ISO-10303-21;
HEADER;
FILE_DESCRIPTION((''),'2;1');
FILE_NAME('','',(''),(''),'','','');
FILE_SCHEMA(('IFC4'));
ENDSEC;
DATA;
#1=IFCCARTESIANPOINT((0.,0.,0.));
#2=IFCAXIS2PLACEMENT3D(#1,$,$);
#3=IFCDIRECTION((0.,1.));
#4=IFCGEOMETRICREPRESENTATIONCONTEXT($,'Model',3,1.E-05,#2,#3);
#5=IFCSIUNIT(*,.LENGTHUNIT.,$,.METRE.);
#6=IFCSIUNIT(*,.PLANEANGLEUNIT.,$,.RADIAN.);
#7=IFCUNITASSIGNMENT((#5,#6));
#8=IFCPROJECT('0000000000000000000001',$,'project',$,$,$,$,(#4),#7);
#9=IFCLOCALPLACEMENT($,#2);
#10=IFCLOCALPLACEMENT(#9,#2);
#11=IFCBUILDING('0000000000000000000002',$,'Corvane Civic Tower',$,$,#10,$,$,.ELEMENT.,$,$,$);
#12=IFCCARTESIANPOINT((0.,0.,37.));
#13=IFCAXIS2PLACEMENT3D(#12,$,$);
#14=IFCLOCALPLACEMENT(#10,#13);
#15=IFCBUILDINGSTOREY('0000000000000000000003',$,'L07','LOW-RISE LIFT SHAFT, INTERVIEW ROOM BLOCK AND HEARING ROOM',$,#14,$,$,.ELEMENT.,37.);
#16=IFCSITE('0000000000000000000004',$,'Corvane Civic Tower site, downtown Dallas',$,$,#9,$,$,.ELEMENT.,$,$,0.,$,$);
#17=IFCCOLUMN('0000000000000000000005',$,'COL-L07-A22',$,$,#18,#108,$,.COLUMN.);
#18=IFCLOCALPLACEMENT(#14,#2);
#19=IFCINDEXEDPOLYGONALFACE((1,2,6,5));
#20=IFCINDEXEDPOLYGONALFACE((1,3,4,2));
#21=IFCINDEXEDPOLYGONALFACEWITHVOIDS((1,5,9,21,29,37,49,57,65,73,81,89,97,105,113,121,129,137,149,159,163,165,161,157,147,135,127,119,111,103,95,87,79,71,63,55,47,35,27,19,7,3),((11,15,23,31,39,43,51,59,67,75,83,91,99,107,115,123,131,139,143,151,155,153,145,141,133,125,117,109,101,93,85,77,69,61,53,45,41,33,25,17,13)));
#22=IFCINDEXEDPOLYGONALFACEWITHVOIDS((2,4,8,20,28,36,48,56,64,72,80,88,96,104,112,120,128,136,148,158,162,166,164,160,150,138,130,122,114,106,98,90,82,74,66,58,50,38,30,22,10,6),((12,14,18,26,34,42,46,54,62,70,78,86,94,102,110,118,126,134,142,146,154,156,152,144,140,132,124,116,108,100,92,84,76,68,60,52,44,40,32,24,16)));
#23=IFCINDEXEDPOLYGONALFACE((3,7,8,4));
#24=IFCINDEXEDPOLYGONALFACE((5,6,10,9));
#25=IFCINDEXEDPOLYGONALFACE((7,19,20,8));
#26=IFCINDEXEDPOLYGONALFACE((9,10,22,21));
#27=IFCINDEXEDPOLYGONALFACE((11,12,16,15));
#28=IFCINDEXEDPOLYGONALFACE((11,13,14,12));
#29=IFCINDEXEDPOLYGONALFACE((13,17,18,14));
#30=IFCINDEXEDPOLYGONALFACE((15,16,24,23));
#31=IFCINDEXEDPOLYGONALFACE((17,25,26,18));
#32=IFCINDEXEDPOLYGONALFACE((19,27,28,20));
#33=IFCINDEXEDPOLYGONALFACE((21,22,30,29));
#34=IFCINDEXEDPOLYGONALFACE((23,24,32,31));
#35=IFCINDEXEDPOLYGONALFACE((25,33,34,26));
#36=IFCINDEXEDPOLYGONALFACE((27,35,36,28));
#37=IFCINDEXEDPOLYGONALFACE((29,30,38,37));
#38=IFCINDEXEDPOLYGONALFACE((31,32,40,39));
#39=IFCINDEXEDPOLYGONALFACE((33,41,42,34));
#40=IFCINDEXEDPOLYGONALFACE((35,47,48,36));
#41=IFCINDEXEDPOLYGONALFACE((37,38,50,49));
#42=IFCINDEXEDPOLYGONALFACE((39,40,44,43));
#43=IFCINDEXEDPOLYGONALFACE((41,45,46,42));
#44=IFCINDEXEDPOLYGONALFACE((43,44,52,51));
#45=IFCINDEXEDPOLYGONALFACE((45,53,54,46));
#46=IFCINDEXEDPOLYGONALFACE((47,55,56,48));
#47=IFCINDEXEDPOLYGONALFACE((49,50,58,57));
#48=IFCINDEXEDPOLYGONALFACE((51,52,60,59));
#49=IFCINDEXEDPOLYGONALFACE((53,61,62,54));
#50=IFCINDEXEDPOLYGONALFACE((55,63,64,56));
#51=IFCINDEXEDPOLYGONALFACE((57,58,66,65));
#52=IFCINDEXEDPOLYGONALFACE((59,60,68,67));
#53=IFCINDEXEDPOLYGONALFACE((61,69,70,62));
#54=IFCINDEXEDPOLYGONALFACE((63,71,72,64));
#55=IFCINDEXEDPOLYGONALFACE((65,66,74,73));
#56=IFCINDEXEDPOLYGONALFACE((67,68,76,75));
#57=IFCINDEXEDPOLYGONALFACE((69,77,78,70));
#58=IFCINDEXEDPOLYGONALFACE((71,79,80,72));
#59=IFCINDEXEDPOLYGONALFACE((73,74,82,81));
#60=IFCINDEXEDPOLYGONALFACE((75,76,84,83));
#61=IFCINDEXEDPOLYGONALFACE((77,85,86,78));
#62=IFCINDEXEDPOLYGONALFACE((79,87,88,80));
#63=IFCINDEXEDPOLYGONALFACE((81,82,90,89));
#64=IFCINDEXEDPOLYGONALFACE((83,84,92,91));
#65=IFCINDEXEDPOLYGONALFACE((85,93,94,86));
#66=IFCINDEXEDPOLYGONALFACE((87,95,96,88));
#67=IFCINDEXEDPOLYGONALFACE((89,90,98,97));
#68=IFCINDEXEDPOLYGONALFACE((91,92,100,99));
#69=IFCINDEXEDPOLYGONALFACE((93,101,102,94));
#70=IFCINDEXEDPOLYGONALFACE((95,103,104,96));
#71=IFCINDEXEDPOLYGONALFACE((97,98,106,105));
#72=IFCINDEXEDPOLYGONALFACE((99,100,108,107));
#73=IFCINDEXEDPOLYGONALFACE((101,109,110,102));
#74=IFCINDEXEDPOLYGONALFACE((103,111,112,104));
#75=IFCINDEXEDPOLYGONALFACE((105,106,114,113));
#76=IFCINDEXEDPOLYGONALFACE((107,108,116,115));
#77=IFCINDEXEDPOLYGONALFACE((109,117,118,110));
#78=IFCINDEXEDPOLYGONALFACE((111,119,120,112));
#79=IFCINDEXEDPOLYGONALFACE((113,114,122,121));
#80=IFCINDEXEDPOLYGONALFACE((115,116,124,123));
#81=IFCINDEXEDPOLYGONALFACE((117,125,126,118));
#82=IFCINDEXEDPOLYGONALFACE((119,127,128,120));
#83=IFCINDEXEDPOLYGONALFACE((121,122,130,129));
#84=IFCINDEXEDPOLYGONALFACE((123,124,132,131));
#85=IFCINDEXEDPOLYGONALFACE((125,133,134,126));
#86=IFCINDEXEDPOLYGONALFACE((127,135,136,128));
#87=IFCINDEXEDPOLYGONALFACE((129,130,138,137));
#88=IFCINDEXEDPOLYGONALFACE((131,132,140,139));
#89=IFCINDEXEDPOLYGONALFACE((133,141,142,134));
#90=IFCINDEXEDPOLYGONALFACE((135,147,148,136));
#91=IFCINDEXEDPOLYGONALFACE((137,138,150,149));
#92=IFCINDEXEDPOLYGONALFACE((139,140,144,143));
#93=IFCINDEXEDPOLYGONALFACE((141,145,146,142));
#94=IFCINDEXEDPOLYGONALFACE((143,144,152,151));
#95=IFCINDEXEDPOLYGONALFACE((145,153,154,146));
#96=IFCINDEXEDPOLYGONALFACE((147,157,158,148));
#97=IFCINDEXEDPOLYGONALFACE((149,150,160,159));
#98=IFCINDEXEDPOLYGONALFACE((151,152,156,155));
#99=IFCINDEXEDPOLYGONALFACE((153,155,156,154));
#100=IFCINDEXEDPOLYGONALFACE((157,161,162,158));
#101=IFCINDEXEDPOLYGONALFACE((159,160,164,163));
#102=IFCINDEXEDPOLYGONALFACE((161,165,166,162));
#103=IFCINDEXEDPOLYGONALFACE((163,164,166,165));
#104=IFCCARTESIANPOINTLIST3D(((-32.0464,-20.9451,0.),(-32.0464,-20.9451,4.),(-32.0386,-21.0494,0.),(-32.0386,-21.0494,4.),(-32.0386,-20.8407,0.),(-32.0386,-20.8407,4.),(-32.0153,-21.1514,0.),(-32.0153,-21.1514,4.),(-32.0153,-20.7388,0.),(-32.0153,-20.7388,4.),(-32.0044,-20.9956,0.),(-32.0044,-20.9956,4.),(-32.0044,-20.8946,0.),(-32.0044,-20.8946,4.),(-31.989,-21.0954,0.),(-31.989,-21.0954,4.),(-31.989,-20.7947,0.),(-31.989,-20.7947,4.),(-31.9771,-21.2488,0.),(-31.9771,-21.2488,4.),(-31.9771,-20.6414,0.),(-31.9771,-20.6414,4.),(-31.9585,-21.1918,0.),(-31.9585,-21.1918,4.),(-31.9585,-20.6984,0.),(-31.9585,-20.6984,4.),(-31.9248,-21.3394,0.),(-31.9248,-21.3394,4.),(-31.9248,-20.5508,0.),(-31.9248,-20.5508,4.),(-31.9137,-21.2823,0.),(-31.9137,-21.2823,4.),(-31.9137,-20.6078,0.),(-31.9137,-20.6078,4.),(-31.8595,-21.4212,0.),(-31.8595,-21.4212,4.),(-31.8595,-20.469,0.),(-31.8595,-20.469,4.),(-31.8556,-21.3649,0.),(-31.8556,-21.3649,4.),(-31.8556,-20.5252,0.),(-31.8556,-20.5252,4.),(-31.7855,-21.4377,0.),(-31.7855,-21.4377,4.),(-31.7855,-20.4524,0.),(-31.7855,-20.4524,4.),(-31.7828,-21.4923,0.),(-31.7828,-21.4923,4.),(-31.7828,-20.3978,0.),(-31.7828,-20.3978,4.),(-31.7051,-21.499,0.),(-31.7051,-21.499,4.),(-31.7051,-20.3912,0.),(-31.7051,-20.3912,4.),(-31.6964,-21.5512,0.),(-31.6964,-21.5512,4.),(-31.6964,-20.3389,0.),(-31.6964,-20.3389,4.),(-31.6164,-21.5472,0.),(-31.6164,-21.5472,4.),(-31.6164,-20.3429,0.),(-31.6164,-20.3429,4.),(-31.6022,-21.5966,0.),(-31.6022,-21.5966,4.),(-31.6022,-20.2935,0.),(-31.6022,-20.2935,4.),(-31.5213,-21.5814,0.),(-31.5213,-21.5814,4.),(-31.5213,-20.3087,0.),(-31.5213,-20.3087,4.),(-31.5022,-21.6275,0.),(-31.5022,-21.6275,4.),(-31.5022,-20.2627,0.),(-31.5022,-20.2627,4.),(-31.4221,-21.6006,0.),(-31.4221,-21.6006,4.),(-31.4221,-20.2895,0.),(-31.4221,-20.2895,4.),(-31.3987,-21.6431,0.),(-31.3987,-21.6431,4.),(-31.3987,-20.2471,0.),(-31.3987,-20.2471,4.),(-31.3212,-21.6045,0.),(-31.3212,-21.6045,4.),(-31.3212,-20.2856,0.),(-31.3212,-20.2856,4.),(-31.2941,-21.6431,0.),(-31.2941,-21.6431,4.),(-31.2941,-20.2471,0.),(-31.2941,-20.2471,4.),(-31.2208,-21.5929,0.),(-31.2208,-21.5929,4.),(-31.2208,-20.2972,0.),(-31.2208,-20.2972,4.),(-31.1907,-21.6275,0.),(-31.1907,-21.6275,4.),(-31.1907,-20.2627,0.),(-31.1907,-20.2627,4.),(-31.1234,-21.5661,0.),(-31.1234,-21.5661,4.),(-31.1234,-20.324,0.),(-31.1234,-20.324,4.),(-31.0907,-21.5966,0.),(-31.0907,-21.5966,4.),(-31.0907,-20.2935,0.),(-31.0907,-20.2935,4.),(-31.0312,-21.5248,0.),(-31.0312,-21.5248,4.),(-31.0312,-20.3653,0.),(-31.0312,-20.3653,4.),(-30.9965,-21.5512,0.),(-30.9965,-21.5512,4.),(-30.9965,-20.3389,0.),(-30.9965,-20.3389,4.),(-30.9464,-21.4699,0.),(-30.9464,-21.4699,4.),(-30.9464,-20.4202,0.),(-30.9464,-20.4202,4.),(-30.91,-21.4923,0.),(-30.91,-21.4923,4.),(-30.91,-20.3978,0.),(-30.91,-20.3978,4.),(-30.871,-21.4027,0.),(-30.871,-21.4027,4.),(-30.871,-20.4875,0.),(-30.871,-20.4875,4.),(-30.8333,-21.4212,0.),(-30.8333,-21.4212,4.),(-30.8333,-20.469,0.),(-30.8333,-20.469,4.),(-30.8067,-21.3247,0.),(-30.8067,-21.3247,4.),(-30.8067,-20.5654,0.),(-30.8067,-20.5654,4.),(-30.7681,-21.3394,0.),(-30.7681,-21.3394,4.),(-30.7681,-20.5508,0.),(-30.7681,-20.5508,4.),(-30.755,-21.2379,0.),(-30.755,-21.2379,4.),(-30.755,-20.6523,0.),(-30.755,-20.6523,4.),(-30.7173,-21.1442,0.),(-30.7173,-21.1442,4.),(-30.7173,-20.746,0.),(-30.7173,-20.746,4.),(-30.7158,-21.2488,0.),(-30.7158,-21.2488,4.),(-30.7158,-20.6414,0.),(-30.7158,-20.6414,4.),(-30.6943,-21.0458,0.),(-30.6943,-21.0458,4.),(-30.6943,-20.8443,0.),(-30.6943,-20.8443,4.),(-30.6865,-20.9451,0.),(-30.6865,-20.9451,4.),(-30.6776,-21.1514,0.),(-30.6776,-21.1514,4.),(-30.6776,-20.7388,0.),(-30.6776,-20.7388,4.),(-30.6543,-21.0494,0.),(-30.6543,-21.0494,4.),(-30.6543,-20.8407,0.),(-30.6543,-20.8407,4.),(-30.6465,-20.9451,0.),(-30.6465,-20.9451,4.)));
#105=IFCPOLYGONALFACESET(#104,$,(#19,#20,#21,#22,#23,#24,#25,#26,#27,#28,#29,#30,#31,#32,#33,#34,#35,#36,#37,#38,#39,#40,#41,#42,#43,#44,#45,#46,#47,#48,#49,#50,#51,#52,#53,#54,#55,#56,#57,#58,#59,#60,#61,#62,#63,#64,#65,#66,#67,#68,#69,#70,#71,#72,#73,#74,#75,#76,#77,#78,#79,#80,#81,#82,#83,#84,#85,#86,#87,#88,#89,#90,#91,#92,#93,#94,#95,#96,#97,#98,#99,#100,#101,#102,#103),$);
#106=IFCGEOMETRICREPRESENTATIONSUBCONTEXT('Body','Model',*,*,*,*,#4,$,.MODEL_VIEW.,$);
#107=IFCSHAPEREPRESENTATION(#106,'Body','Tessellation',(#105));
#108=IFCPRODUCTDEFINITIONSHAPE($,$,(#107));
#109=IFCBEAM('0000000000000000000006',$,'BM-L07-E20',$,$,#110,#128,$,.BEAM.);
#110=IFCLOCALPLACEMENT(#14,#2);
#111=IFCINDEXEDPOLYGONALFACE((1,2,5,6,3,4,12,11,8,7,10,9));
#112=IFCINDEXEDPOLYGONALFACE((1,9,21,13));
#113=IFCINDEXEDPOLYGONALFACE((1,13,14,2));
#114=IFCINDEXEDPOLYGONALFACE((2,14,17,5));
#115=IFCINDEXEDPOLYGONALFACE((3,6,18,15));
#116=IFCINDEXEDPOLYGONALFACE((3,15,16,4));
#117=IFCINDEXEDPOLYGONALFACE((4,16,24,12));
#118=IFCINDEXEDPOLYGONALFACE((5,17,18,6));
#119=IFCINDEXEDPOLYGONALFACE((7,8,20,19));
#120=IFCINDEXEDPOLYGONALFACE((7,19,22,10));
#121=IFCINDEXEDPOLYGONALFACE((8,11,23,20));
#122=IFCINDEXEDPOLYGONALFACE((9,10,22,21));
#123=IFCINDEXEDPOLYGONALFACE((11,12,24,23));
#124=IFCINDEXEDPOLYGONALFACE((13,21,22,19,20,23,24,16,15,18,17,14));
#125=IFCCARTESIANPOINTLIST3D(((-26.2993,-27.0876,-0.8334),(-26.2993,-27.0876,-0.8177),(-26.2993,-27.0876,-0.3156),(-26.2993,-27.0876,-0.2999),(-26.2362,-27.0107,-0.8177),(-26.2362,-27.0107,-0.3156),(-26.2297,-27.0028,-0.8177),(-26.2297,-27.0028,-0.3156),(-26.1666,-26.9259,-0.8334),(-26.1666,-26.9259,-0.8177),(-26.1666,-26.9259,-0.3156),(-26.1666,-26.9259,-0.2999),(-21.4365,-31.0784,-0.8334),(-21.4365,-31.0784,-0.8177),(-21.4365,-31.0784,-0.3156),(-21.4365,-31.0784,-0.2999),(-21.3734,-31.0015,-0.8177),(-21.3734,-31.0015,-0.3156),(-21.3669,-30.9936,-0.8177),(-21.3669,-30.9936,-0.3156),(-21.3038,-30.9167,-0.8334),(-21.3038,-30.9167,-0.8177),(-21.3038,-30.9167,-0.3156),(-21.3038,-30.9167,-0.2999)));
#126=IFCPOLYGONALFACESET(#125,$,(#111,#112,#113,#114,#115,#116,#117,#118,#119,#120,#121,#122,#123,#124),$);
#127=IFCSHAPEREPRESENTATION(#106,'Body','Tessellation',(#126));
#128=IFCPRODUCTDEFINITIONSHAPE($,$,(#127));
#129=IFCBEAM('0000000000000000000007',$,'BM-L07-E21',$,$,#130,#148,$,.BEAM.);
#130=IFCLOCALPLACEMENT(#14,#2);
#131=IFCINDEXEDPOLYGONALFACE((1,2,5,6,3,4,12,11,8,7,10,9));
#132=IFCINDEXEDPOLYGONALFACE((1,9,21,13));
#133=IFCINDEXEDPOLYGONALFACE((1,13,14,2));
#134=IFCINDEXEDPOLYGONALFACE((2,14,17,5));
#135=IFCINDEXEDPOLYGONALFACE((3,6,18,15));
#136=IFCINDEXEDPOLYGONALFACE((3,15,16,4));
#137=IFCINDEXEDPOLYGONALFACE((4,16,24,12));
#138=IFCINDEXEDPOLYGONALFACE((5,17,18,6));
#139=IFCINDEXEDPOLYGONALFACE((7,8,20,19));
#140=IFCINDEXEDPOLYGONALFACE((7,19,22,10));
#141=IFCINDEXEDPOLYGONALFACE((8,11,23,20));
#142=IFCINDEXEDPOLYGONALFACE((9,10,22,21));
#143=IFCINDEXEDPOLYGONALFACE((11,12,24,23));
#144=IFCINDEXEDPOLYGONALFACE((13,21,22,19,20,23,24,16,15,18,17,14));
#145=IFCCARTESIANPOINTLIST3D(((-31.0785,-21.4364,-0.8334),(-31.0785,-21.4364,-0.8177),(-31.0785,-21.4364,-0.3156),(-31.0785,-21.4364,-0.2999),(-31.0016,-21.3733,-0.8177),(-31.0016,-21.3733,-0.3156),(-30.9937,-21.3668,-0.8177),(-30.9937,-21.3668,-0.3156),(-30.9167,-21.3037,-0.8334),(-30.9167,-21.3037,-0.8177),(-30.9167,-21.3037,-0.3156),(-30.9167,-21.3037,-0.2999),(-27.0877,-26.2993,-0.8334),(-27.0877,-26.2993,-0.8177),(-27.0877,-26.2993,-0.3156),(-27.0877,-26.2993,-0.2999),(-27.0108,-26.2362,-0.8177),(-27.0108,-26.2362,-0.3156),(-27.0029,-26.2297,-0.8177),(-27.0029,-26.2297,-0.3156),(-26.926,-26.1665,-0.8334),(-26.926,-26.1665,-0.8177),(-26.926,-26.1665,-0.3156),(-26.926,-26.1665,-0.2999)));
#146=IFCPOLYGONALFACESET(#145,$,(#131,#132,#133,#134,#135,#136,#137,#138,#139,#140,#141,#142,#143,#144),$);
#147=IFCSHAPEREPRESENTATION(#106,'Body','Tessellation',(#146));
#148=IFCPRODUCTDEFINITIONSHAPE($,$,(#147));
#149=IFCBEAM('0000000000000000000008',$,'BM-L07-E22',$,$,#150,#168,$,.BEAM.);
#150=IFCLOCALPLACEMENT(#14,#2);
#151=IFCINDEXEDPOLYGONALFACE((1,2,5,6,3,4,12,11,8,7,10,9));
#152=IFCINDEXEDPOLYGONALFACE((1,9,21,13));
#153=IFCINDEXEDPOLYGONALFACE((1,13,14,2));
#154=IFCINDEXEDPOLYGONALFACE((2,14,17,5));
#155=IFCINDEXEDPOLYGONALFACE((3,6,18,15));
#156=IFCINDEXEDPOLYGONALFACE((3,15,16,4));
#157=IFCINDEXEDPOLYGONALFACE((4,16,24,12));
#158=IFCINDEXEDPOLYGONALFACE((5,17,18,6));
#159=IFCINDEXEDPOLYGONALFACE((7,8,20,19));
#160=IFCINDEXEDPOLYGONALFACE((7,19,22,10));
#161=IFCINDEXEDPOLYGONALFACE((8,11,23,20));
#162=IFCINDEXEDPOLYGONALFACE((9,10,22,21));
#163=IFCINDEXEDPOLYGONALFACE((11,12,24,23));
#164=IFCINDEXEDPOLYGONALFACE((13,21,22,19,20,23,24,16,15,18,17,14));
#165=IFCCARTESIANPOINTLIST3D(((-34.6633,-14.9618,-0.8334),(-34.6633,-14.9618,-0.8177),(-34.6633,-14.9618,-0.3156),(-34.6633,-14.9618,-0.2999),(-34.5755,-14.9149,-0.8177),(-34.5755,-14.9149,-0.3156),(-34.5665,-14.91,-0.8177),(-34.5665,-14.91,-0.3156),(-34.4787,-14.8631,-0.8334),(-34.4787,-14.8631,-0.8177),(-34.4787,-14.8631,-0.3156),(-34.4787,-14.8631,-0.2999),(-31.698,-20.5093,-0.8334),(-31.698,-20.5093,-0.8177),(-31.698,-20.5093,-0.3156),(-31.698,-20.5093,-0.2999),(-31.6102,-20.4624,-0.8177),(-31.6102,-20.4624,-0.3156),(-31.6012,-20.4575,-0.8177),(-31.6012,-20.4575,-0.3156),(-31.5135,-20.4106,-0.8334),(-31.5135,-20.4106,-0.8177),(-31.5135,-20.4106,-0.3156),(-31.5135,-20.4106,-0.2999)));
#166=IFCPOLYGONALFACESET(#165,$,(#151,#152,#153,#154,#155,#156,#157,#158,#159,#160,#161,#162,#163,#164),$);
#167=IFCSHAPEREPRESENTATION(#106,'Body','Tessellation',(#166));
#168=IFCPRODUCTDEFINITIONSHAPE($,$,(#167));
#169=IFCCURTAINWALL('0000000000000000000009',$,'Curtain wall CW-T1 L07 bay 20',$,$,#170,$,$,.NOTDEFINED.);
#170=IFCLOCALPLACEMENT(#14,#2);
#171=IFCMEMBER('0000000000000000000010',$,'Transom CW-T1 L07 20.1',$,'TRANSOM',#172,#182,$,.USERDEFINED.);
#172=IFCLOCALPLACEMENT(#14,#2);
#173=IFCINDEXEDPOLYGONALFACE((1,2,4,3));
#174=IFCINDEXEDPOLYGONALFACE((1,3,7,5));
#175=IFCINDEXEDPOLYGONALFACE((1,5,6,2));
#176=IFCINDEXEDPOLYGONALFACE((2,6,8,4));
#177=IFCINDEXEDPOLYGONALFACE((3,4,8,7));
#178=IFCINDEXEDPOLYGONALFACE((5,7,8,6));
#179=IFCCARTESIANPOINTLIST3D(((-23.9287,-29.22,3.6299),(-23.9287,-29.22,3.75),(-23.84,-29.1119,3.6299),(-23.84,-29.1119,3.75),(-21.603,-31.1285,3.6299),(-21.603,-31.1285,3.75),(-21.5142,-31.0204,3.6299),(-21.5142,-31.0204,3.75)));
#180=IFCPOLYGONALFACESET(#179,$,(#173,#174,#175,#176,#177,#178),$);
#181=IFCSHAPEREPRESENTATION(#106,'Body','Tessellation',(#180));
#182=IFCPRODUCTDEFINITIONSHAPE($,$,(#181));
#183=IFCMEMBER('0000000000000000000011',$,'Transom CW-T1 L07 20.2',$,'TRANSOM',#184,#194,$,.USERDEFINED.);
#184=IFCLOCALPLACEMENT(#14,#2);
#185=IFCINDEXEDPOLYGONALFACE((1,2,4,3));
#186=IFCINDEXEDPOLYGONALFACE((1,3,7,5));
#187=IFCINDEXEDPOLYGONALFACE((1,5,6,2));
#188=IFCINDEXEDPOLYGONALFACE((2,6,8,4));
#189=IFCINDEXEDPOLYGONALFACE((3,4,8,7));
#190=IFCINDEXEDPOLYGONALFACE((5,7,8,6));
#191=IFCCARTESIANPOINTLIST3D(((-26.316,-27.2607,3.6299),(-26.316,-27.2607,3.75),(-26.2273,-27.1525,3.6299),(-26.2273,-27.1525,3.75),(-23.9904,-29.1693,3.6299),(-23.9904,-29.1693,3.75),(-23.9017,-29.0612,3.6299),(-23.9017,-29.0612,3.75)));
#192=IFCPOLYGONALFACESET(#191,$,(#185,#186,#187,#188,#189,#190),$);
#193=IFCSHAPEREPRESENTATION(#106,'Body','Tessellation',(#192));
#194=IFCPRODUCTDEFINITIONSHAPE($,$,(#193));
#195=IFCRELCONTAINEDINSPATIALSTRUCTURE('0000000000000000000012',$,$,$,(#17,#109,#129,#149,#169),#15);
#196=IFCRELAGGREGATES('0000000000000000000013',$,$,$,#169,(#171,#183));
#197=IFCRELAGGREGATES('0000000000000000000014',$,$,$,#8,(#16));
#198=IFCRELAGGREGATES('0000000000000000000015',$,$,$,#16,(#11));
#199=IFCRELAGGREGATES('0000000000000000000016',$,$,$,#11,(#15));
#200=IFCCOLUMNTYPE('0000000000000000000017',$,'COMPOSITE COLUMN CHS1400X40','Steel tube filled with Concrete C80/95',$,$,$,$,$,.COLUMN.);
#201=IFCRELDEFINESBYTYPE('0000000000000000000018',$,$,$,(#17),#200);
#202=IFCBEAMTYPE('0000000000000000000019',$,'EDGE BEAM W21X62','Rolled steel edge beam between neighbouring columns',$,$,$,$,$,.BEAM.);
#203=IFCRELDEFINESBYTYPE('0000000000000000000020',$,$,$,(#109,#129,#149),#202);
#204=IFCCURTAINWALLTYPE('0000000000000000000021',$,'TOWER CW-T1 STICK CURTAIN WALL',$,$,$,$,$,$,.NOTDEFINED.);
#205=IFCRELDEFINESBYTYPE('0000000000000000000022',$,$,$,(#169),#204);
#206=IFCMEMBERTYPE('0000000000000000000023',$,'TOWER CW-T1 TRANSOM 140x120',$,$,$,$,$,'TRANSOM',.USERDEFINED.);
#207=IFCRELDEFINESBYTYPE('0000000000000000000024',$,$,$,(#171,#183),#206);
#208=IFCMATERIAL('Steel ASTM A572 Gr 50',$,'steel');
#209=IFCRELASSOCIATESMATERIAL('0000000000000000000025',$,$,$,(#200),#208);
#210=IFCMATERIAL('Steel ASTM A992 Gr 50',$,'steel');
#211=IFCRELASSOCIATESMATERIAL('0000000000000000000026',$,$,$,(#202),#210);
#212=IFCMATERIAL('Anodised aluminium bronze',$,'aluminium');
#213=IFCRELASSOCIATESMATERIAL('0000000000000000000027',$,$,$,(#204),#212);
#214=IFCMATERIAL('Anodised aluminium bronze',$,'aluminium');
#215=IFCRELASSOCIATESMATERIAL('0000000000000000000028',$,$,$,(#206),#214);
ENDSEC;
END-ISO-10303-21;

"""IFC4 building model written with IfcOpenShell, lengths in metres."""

from ifc_helpers import new_model, si_unit, direction, frame, origin, origin_2d, place, context, subcontext, project, spatial, rectangle, hollow_circle, i_section, extrude, material, material_profile, profile_set, type_object, element, aggregate, save


model = new_model("IFC4")

# Units and contexts
model_context = context("Model", 3, precision=1e-05, world=origin(), true_north=direction((0.0, 1.0)))
body_context = subcontext(model_context, "Body", "Model", "MODEL_VIEW")
ifc_project = project(units=[si_unit("LENGTHUNIT", "METRE"), si_unit("PLANEANGLEUNIT", "RADIAN")], contexts=[model_context])

# Site, building, storey
site_placement = place(None, origin())
site = spatial("IfcSite", under=ifc_project, at=site_placement, Name="Corvane Civic Tower site, downtown Dallas", CompositionType="ELEMENT", RefElevation=0.0)
building_placement = place(site_placement, origin())
building = spatial("IfcBuilding", under=site, at=building_placement, Name="Corvane Civic Tower", CompositionType="ELEMENT")
storey_placement = place(building_placement, frame((0.0, 0.0, 37.0)))
storey = spatial("IfcBuildingStorey", under=building, at=storey_placement, Name="L07", Description="LOW-RISE LIFT SHAFT, INTERVIEW ROOM BLOCK AND HEARING ROOM", CompositionType="ELEMENT", Elevation=37.0)

# Column
ifc_material_1 = material(Name="Steel ASTM A572 Gr 50", Category="steel")
ifc_material_profile_1 = material_profile(ifc_material_1, hollow_circle(Radius=0.7, WallThickness=0.04, at=origin_2d()), Name="CHS1400X40")
ifc_profile_set_1 = profile_set([ifc_material_profile_1], Name="Steel ASTM A572 Gr 50")
column_type = type_object("IfcColumnType", Name="COMPOSITE COLUMN CHS1400X40", Description="Steel tube filled with Concrete C80/95", PredefinedType="COLUMN", material=ifc_profile_set_1)
for number, where, z_axis, x_axis, name in (
    (1, (-31.3464, -20.9451, 0.0), (0.0, 0.0, 1.0), (1.0, 0.0, 0.0), "COL-L07-A22"),
):
    element("IfcColumn", number, at=place(storey_placement, frame(where, z_axis=z_axis, x_axis=x_axis)), inside=storey, type_object=column_type, Name=name, PredefinedType="COLUMN", context=body_context, shape_type="SweptSolid", body=[
        extrude(hollow_circle(Radius=0.7, WallThickness=0.04, at=origin_2d()), origin(), (0.0, 0.0, 1.0), 4.0),
    ])

# Beams
ifc_material_2 = material(Name="Steel ASTM A992 Gr 50", Category="steel")
ifc_material_profile_2 = material_profile(ifc_material_2, i_section(OverallWidth=0.2092, OverallDepth=0.5334, WebThickness=0.0103, FlangeThickness=0.0156, at=origin_2d()), Name="W21X62")
ifc_profile_set_2 = profile_set([ifc_material_profile_2], Name="Steel ASTM A992 Gr 50")
beam_type = type_object("IfcBeamType", Name="EDGE BEAM W21X62", Description="Rolled steel edge beam between neighbouring columns", PredefinedType="BEAM", material=ifc_profile_set_2)
for number, where, z_axis, x_axis, name in (
    (2, (-21.3701, -30.9976, -0.5667), (-0.773016, 0.634387, 0.0), (-0.634387, -0.773016, 0.0), "BM-L07-E20"),
    (3, (-27.0068, -26.2329, -0.5667), (-0.634387, 0.773016, 0.0), (-0.773016, -0.634387, 0.0), "BM-L07-E21"),
):
    element("IfcBeam", number, at=place(storey_placement, frame(where, z_axis=z_axis, x_axis=x_axis)), inside=storey, type_object=beam_type, Name=name, PredefinedType="BEAM", context=body_context, shape_type="SweptSolid", body=[
        extrude(i_section(OverallWidth=0.2092, OverallDepth=0.5334, WebThickness=0.0103, FlangeThickness=0.0156, at=origin_2d()), origin(), (0.0, 0.0, 1.0), 6.2908),
    ])
beam_placement = place(storey_placement, frame((-31.6057, -20.46, -0.5667), z_axis=(-0.471406, 0.881916, 0.0), x_axis=(-0.881916, -0.471406, 0.0)))
element("IfcBeam", 4, at=beam_placement, inside=storey, type_object=beam_type, Name="BM-L07-E22", PredefinedType="BEAM", context=body_context, shape_type="SweptSolid", body=[
    extrude(i_section(OverallWidth=0.2092, OverallDepth=0.5334, WebThickness=0.0103, FlangeThickness=0.0156, at=origin_2d()), origin(), (0.0, 0.0, 1.0), 6.2903),
])

# Curtain wall, members
ifc_material_3 = material(Name="Anodised aluminium bronze", Category="aluminium")
curtain_wall_type = type_object("IfcCurtainWallType", Name="TOWER CW-T1 STICK CURTAIN WALL", PredefinedType="NOTDEFINED", material=ifc_material_3)
curtain_wall_1_placement = place(storey_placement, origin())
curtain_wall_1 = element("IfcCurtainWall", 5, at=curtain_wall_1_placement, inside=storey, type_object=curtain_wall_type, Name="Curtain wall CW-T1 L07 bay 20", PredefinedType="NOTDEFINED")
ifc_material_4 = material(Name="Anodised aluminium bronze", Category="aluminium")
ifc_material_profile_3 = material_profile(ifc_material_4, rectangle(XDim=0.1399, YDim=0.1201, at=origin_2d()), Name="TOWER CW-T1 TRANSOM 140x120")
ifc_profile_set_3 = profile_set([ifc_material_profile_3], Name="Anodised aluminium bronze")
member_type_1 = type_object("IfcMemberType", Name="TOWER CW-T1 TRANSOM 140x120", ElementType="TRANSOM", PredefinedType="USERDEFINED", material=ifc_profile_set_3)
member_1_placement = place(storey_placement, frame((-21.5586, -31.0745, 3.6899), z_axis=(-0.773042, 0.634355, 0.0), x_axis=(-0.634355, -0.773042, 0.0)))
member_1 = element("IfcMember", 6, at=member_1_placement, type_object=member_type_1, Name="Transom CW-T1 L07 20.1", ObjectType="TRANSOM", PredefinedType="USERDEFINED", context=body_context, shape_type="SweptSolid", body=[
    extrude(rectangle(XDim=0.1399, YDim=0.1201, at=origin_2d()), origin(), (0.0, 0.0, 1.0), 3.0085),
])
member_2_placement = place(storey_placement, frame((-23.946, -29.1152, 3.6899), z_axis=(-0.773002, 0.634404, 0.0), x_axis=(-0.634404, -0.773002, 0.0)))
member_2 = element("IfcMember", 7, at=member_2_placement, type_object=member_type_1, Name="Transom CW-T1 L07 20.2", ObjectType="TRANSOM", PredefinedType="USERDEFINED", context=body_context, shape_type="SweptSolid", body=[
    extrude(rectangle(XDim=0.1399, YDim=0.1201, at=origin_2d()), origin(), (0.0, 0.0, 1.0), 3.0085),
])

aggregate(curtain_wall_1, [member_1, member_2])

save(model, "model.ifc")
